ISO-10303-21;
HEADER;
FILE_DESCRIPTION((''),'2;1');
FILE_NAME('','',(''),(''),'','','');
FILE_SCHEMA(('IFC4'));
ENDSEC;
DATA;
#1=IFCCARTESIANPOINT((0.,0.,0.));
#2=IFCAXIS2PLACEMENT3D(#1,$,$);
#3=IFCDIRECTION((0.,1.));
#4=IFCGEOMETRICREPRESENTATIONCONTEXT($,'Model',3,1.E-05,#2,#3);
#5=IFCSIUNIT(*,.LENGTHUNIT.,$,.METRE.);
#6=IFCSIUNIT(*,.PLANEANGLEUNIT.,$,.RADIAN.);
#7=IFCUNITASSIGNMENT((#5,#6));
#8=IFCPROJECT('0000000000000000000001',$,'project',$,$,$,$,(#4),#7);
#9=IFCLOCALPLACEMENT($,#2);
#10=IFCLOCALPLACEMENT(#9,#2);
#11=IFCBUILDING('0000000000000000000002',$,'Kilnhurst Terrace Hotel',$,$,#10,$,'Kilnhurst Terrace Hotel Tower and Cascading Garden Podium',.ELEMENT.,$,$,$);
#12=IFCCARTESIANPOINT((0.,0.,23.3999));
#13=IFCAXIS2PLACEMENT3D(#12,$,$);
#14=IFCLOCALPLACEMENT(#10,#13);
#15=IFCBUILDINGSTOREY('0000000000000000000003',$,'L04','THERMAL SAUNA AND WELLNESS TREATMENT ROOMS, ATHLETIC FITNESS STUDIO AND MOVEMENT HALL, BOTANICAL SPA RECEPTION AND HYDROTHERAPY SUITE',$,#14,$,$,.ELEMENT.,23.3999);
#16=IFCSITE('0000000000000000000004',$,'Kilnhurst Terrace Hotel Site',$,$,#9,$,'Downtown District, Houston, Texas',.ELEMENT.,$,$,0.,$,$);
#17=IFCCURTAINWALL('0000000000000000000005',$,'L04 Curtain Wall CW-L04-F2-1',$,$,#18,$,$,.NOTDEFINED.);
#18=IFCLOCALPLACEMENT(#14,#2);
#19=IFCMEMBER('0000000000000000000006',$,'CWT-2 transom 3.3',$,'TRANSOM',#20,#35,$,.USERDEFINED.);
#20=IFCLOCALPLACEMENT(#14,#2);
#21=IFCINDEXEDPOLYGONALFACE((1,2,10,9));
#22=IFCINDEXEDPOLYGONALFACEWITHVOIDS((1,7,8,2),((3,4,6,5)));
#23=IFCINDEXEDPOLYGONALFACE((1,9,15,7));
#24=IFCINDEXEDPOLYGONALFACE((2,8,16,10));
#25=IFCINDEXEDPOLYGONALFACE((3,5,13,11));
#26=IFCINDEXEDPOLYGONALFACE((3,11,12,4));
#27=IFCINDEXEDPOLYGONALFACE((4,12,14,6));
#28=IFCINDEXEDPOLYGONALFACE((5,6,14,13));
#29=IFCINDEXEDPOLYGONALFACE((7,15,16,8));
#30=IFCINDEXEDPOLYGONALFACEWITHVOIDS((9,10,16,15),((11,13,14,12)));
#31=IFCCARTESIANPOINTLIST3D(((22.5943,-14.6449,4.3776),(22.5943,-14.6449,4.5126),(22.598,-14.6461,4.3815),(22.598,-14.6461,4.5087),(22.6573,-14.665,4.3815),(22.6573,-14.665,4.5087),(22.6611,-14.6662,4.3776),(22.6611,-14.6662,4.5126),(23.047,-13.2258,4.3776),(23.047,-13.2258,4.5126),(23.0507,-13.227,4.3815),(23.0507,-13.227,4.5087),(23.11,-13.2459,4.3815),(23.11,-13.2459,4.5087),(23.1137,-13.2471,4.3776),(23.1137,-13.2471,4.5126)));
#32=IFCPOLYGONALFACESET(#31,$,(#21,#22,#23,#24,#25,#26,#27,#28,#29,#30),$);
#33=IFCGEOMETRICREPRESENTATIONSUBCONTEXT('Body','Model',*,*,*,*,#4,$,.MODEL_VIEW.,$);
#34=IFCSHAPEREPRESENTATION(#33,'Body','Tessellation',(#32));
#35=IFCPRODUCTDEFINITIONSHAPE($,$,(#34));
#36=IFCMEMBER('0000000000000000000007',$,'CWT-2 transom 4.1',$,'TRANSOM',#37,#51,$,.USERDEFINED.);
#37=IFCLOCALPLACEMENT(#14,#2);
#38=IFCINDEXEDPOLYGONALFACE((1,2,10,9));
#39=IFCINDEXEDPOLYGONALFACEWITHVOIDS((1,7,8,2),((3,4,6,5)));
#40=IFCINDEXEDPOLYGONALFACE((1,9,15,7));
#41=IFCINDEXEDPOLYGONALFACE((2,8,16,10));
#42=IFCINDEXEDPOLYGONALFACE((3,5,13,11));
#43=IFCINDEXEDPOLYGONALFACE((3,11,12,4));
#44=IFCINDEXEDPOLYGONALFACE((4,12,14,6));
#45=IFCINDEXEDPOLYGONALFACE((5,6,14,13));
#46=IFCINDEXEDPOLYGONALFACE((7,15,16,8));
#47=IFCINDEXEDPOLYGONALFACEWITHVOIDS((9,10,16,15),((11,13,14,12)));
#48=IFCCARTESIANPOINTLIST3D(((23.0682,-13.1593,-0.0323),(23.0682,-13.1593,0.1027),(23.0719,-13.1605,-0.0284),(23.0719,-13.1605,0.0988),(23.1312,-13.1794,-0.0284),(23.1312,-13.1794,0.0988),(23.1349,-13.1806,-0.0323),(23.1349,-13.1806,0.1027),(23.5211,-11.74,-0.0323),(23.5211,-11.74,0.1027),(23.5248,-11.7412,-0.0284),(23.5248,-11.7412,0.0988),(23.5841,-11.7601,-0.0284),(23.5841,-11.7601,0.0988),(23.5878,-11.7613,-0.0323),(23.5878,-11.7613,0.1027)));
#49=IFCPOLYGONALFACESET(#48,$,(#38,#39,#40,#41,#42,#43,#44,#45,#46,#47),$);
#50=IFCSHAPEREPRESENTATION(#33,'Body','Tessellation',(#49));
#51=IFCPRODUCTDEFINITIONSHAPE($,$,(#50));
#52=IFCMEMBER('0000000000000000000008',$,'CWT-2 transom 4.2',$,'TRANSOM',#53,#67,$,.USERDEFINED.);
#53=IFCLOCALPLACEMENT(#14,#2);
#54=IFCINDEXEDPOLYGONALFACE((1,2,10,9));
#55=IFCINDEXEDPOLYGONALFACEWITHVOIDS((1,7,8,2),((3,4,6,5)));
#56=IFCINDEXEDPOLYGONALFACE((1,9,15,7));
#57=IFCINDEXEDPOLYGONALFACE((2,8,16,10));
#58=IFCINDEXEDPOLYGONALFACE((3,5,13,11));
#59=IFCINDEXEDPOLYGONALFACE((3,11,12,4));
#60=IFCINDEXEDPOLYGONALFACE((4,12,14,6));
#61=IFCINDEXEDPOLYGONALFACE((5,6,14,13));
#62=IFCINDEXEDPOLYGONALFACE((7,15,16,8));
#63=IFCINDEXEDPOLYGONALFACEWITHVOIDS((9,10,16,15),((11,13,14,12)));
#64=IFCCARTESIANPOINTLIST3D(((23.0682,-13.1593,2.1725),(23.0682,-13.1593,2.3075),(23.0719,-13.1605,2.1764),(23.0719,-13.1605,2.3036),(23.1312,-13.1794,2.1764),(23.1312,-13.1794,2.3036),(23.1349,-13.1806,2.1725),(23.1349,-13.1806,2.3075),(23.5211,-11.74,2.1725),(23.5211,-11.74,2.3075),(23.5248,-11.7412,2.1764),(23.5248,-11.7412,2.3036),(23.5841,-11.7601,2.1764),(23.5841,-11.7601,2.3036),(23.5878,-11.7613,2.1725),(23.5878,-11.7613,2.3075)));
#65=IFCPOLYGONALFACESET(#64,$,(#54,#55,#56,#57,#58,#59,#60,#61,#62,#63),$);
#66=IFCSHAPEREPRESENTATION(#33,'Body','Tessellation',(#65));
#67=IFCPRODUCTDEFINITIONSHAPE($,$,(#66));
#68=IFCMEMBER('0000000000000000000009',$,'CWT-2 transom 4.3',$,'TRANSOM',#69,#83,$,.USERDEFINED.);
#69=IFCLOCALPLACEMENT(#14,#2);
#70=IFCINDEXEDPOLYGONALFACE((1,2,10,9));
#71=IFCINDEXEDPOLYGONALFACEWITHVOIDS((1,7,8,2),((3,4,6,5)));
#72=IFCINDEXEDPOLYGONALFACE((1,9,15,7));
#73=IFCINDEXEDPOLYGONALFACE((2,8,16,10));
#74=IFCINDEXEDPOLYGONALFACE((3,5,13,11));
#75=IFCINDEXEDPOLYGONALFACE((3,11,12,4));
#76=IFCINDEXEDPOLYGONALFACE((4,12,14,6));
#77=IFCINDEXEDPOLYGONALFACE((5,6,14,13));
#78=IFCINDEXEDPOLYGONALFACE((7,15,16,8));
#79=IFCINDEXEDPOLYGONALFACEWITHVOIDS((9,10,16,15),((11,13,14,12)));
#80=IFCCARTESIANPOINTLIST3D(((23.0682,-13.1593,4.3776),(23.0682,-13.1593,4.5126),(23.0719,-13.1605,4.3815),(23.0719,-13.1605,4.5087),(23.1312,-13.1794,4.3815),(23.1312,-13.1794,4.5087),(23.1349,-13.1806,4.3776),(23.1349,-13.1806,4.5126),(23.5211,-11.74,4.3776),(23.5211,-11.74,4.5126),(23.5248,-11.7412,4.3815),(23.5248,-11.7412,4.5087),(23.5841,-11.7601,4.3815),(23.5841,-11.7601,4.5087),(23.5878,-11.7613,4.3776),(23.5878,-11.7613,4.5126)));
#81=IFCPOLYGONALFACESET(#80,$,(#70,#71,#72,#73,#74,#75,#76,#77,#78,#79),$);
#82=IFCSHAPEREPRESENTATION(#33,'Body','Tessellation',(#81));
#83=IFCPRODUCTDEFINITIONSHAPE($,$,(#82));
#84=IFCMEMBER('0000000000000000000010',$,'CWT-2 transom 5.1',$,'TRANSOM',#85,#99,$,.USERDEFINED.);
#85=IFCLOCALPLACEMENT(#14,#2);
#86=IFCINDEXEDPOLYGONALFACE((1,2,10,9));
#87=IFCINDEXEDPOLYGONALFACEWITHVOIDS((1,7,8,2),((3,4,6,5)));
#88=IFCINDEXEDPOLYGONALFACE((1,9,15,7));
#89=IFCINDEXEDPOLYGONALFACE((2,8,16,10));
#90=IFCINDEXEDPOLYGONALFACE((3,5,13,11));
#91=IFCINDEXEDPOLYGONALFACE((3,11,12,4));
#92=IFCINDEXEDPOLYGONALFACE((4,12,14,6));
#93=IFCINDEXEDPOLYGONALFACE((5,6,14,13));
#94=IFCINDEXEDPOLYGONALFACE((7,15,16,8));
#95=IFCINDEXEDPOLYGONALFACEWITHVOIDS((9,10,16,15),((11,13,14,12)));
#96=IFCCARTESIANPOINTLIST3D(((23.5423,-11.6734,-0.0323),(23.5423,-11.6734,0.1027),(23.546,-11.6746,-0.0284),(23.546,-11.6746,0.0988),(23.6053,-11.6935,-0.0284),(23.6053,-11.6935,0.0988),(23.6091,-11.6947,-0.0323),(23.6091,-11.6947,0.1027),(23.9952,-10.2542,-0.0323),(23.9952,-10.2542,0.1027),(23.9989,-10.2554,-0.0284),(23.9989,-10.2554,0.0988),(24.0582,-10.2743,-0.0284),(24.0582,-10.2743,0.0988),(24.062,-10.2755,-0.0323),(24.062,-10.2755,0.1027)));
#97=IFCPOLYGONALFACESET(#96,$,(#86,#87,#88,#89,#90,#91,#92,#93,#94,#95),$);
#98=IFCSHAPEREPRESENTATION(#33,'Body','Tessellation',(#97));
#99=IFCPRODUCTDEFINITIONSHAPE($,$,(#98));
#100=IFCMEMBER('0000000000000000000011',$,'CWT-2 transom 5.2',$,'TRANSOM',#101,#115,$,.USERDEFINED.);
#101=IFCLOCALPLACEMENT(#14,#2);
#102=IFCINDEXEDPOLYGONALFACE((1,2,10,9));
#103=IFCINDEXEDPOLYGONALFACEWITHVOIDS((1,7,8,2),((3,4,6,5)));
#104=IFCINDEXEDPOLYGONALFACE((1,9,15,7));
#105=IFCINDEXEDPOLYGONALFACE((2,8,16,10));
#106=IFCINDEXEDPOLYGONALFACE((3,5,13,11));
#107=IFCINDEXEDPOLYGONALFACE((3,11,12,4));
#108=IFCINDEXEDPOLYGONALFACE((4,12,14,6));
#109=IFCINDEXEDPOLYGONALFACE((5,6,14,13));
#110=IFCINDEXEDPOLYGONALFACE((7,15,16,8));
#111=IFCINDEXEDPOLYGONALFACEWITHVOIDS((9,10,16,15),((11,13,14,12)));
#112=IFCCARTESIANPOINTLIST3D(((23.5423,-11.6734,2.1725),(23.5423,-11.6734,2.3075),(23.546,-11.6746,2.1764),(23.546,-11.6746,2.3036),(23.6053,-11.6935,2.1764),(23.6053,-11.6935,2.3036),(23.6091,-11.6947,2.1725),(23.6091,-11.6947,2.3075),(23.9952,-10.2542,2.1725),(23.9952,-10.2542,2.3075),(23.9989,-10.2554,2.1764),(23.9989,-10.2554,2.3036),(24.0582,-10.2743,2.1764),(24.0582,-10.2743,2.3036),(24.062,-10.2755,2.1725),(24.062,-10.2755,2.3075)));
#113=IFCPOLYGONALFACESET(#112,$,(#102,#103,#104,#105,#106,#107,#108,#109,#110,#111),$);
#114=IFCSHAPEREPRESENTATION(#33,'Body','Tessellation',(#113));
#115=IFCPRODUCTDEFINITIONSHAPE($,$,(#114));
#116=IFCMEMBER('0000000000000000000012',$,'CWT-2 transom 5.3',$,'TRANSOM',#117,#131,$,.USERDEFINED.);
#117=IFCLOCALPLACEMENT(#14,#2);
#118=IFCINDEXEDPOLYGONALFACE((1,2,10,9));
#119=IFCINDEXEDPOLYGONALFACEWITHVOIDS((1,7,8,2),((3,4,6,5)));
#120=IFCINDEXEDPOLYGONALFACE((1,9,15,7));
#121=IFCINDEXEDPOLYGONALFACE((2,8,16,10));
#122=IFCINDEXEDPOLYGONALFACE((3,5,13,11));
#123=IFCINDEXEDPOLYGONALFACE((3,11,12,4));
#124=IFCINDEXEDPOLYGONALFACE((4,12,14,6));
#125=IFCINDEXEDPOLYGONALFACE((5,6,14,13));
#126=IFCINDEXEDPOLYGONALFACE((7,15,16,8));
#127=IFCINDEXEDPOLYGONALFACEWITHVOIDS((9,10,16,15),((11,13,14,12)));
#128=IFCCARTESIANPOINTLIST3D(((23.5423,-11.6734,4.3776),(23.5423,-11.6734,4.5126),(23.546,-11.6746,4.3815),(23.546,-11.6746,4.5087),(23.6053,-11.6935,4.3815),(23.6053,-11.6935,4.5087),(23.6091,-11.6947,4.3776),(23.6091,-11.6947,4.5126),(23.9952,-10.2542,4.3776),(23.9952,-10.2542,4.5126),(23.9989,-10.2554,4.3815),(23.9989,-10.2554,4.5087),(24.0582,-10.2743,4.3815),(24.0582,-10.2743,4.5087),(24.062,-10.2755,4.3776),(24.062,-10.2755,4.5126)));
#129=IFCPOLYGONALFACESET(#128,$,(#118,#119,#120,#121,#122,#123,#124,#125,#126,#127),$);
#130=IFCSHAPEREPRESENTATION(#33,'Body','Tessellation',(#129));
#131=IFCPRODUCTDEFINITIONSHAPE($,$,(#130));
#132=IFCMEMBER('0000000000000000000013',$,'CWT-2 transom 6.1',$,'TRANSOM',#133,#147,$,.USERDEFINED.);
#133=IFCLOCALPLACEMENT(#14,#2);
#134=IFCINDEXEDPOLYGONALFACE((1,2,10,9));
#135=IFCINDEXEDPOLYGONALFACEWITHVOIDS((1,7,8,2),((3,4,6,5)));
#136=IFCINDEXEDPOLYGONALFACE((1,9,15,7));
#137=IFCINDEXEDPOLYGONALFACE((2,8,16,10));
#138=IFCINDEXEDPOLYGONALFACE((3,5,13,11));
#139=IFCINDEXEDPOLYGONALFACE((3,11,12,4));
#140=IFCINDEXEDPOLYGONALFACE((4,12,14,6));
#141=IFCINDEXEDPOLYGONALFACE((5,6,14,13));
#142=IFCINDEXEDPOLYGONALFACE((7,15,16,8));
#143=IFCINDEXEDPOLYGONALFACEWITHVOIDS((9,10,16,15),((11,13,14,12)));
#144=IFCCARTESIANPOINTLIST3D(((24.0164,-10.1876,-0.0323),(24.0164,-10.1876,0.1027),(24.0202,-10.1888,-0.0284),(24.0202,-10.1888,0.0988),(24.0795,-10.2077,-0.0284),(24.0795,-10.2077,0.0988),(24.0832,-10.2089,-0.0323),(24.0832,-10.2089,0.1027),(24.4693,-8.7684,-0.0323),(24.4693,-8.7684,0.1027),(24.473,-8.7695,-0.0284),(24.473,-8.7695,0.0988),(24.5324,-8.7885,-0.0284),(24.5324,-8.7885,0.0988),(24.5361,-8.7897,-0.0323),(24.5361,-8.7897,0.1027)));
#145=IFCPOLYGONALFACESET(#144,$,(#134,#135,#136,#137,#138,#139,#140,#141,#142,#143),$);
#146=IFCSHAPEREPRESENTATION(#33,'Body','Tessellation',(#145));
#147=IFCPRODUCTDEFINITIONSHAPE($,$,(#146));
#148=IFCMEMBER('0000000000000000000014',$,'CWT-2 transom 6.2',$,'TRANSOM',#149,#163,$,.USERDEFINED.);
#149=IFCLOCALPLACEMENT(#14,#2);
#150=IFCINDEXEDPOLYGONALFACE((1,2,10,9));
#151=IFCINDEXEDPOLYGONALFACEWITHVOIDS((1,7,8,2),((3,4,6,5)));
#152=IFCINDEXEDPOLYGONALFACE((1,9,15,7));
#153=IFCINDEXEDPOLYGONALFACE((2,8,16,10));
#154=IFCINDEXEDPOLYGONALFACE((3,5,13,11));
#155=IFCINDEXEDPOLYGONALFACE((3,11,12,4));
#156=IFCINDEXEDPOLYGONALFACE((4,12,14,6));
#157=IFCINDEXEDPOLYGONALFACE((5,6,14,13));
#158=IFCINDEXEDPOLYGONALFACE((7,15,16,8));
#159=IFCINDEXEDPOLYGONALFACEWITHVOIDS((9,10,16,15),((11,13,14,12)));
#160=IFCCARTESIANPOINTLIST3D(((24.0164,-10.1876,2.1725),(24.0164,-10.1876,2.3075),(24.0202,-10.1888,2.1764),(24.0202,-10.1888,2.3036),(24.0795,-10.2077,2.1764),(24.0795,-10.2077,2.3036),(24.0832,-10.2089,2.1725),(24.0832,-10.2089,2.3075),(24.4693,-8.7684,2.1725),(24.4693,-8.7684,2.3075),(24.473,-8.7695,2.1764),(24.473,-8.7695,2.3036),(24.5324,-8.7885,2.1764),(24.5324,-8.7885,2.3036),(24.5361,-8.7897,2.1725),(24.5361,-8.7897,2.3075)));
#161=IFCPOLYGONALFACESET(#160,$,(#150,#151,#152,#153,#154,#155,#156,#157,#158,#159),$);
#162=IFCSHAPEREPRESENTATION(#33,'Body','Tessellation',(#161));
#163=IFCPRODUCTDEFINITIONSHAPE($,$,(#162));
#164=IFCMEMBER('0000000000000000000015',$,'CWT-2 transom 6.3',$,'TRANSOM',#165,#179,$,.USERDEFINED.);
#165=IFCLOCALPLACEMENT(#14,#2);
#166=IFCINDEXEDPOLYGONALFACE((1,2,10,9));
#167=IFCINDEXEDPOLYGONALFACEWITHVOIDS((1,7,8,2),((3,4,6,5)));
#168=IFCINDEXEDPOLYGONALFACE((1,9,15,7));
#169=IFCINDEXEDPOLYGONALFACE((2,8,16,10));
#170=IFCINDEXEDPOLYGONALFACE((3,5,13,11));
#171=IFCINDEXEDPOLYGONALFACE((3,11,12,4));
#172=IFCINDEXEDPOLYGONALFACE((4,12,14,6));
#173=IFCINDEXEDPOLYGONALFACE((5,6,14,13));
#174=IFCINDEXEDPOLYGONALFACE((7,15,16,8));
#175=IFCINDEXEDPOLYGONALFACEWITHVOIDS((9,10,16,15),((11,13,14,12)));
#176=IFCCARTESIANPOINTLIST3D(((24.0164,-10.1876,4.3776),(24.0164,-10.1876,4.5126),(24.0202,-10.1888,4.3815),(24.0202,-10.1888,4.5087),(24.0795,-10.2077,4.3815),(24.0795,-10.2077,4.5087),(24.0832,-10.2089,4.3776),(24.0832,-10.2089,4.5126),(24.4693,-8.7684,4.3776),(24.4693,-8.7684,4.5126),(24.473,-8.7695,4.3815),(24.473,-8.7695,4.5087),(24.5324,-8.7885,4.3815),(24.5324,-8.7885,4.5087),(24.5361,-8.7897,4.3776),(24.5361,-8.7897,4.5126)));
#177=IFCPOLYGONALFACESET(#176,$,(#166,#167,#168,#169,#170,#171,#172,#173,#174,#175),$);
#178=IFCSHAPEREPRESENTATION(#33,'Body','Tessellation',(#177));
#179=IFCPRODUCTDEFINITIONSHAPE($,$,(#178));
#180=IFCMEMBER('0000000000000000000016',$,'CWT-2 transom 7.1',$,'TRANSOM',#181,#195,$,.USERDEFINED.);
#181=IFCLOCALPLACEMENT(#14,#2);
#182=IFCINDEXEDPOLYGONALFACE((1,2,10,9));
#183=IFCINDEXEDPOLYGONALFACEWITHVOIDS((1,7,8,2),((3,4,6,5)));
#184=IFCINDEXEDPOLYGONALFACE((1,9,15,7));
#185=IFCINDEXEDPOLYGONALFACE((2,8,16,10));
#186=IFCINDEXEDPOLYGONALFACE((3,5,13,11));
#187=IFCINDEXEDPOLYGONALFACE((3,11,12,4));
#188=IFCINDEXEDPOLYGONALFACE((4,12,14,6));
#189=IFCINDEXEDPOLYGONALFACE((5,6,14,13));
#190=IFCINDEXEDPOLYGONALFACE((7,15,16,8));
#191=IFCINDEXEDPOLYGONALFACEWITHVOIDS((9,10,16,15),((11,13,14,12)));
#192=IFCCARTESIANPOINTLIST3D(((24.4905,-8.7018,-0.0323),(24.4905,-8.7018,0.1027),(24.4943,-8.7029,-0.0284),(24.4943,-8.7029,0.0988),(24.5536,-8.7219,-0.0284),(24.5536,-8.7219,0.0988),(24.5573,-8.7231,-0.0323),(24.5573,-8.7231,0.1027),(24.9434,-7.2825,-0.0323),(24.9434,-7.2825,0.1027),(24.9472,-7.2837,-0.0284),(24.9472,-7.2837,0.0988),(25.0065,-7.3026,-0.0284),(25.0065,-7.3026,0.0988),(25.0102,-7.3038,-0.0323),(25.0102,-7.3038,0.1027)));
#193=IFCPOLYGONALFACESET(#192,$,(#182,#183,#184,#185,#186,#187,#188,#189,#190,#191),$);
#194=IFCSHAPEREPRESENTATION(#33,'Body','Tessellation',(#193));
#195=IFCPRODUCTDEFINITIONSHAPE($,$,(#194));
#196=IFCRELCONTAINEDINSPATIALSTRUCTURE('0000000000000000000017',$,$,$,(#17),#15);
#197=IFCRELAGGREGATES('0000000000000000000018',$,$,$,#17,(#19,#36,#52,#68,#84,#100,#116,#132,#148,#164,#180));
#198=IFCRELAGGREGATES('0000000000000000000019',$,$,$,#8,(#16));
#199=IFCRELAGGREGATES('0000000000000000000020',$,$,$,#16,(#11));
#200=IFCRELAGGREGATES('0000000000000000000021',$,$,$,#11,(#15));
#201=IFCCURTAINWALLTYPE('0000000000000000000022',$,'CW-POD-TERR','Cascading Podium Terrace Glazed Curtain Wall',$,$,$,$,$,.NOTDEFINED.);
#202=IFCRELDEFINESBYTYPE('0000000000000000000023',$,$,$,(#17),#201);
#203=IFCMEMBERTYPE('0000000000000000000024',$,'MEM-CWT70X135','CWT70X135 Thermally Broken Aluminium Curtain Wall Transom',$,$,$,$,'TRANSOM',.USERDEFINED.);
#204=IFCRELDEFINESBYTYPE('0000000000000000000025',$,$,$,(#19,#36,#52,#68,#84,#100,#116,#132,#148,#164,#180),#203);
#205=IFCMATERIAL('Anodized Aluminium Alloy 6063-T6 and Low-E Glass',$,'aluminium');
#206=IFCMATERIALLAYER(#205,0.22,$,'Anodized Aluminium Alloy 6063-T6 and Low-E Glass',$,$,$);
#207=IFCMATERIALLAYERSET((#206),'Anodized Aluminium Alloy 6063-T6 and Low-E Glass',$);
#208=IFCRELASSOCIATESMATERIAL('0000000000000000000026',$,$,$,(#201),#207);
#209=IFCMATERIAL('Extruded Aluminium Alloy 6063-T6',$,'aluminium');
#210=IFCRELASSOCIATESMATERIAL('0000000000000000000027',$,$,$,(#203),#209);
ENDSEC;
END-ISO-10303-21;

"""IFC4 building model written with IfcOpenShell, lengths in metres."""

from ifc_helpers import new_model, si_unit, direction, frame, origin, origin_2d, place, context, subcontext, project, spatial, hollow_rectangle, extrude, material, layer, layer_set, material_profile, profile_set, type_object, element, aggregate, save


model = new_model("IFC4")

# Units and contexts
model_context = context("Model", 3, precision=1e-05, world=origin(), true_north=direction((0.0, 1.0)))
body_context = subcontext(model_context, "Body", "Model", "MODEL_VIEW")
ifc_project = project(units=[si_unit("LENGTHUNIT", "METRE"), si_unit("PLANEANGLEUNIT", "RADIAN")], contexts=[model_context])

# Site, building, storey
site_placement = place(None, origin())
site = spatial("IfcSite", under=ifc_project, at=site_placement, Name="Kilnhurst Terrace Hotel Site", LongName="Downtown District, Houston, Texas", CompositionType="ELEMENT", RefElevation=0.0)
building_placement = place(site_placement, origin())
building = spatial("IfcBuilding", under=site, at=building_placement, Name="Kilnhurst Terrace Hotel", LongName="Kilnhurst Terrace Hotel Tower and Cascading Garden Podium", CompositionType="ELEMENT")
storey_placement = place(building_placement, frame((0.0, 0.0, 23.3999)))
storey = spatial("IfcBuildingStorey", under=building, at=storey_placement, Name="L04", Description="THERMAL SAUNA AND WELLNESS TREATMENT ROOMS, ATHLETIC FITNESS STUDIO AND MOVEMENT HALL, BOTANICAL SPA RECEPTION AND HYDROTHERAPY SUITE", CompositionType="ELEMENT", Elevation=23.3999)

# Curtain wall, members
ifc_material_1 = material(Name="Anodized Aluminium Alloy 6063-T6 and Low-E Glass", Category="aluminium")
ifc_layer_1 = layer(ifc_material_1, 0.22, Name="Anodized Aluminium Alloy 6063-T6 and Low-E Glass")
ifc_layer_set_1 = layer_set([ifc_layer_1], Name="Anodized Aluminium Alloy 6063-T6 and Low-E Glass")
curtain_wall_type = type_object("IfcCurtainWallType", Name="CW-POD-TERR", Description="Cascading Podium Terrace Glazed Curtain Wall", PredefinedType="NOTDEFINED", material=ifc_layer_set_1)
curtain_wall_placement = place(storey_placement, origin())
curtain_wall = element("IfcCurtainWall", 1, at=curtain_wall_placement, inside=storey, type_object=curtain_wall_type, Name="L04 Curtain Wall CW-L04-F2-1", PredefinedType="NOTDEFINED")
ifc_material_2 = material(Name="Extruded Aluminium Alloy 6063-T6", Category="aluminium")
ifc_material_profile_1 = material_profile(ifc_material_2, hollow_rectangle(XDim=0.0701, YDim=0.135, WallThickness=0.0039, at=origin_2d()), Name="CWT70X135")
ifc_profile_set_1 = profile_set([ifc_material_profile_1], Name="Extruded Aluminium Alloy 6063-T6")
member_type_1 = type_object("IfcMemberType", Name="MEM-CWT70X135", Description="CWT70X135 Thermally Broken Aluminium Curtain Wall Transom", ElementType="TRANSOM", PredefinedType="USERDEFINED", material=ifc_profile_set_1)
member_1_placement = place(storey_placement, frame((22.6277, -14.6555, 4.4451), z_axis=(0.303907, 0.952702, 0.0), x_axis=(-0.952702, 0.303907, 0.0)))
member_1 = element("IfcMember", 2, at=member_1_placement, type_object=member_type_1, Name="CWT-2 transom 3.3", ObjectType="TRANSOM", PredefinedType="USERDEFINED", context=body_context, shape_type="SweptSolid", body=[
    extrude(hollow_rectangle(XDim=0.0701, YDim=0.135, WallThickness=0.0039, at=origin_2d()), origin(), (0.0, 0.0, 1.0), 1.4895),
])
member_2_placement = place(storey_placement, frame((23.1016, -13.1699, 0.0352), z_axis=(0.304009, 0.952669, 0.0), x_axis=(-0.952669, 0.304009, 0.0)))
member_2 = element("IfcMember", 3, at=member_2_placement, type_object=member_type_1, Name="CWT-2 transom 4.1", ObjectType="TRANSOM", PredefinedType="USERDEFINED", context=body_context, shape_type="SweptSolid", body=[
    extrude(hollow_rectangle(XDim=0.0701, YDim=0.135, WallThickness=0.0039, at=origin_2d()), origin(), (0.0, 0.0, 1.0), 1.4897),
])
member_3_placement = place(storey_placement, frame((23.1016, -13.1699, 2.24), z_axis=(0.304009, 0.952669, 0.0), x_axis=(-0.952669, 0.304009, 0.0)))
member_3 = element("IfcMember", 4, at=member_3_placement, type_object=member_type_1, Name="CWT-2 transom 4.2", ObjectType="TRANSOM", PredefinedType="USERDEFINED", context=body_context, shape_type="SweptSolid", body=[
    extrude(hollow_rectangle(XDim=0.0701, YDim=0.135, WallThickness=0.0039, at=origin_2d()), origin(), (0.0, 0.0, 1.0), 1.4897),
])
member_4_placement = place(storey_placement, frame((23.1016, -13.1699, 4.4451), z_axis=(0.304009, 0.952669, 0.0), x_axis=(-0.952669, 0.304009, 0.0)))
member_4 = element("IfcMember", 5, at=member_4_placement, type_object=member_type_1, Name="CWT-2 transom 4.3", ObjectType="TRANSOM", PredefinedType="USERDEFINED", context=body_context, shape_type="SweptSolid", body=[
    extrude(hollow_rectangle(XDim=0.0701, YDim=0.135, WallThickness=0.0039, at=origin_2d()), origin(), (0.0, 0.0, 1.0), 1.4897),
])
member_5_placement = place(storey_placement, frame((23.5757, -11.6841, 0.0352), z_axis=(0.304009, 0.952669, 0.0), x_axis=(-0.952669, 0.304009, 0.0)))
member_5 = element("IfcMember", 6, at=member_5_placement, type_object=member_type_1, Name="CWT-2 transom 5.1", ObjectType="TRANSOM", PredefinedType="USERDEFINED", context=body_context, shape_type="SweptSolid", body=[
    extrude(hollow_rectangle(XDim=0.0701, YDim=0.135, WallThickness=0.0039, at=origin_2d()), origin(), (0.0, 0.0, 1.0), 1.4897),
])
member_6_placement = place(storey_placement, frame((23.5757, -11.6841, 2.24), z_axis=(0.304009, 0.952669, 0.0), x_axis=(-0.952669, 0.304009, 0.0)))
member_6 = element("IfcMember", 7, at=member_6_placement, type_object=member_type_1, Name="CWT-2 transom 5.2", ObjectType="TRANSOM", PredefinedType="USERDEFINED", context=body_context, shape_type="SweptSolid", body=[
    extrude(hollow_rectangle(XDim=0.0701, YDim=0.135, WallThickness=0.0039, at=origin_2d()), origin(), (0.0, 0.0, 1.0), 1.4897),
])
member_7_placement = place(storey_placement, frame((23.5757, -11.6841, 4.4451), z_axis=(0.304009, 0.952669, 0.0), x_axis=(-0.952669, 0.304009, 0.0)))
member_7 = element("IfcMember", 8, at=member_7_placement, type_object=member_type_1, Name="CWT-2 transom 5.3", ObjectType="TRANSOM", PredefinedType="USERDEFINED", context=body_context, shape_type="SweptSolid", body=[
    extrude(hollow_rectangle(XDim=0.0701, YDim=0.135, WallThickness=0.0039, at=origin_2d()), origin(), (0.0, 0.0, 1.0), 1.4897),
])
member_8_placement = place(storey_placement, frame((24.0498, -10.1982, 0.0352), z_axis=(0.304009, 0.952669, 0.0), x_axis=(-0.952669, 0.304009, 0.0)))
member_8 = element("IfcMember", 9, at=member_8_placement, type_object=member_type_1, Name="CWT-2 transom 6.1", ObjectType="TRANSOM", PredefinedType="USERDEFINED", context=body_context, shape_type="SweptSolid", body=[
    extrude(hollow_rectangle(XDim=0.0701, YDim=0.135, WallThickness=0.0039, at=origin_2d()), origin(), (0.0, 0.0, 1.0), 1.4897),
])
member_9_placement = place(storey_placement, frame((24.0498, -10.1982, 2.24), z_axis=(0.304009, 0.952669, 0.0), x_axis=(-0.952669, 0.304009, 0.0)))
member_9 = element("IfcMember", 10, at=member_9_placement, type_object=member_type_1, Name="CWT-2 transom 6.2", ObjectType="TRANSOM", PredefinedType="USERDEFINED", context=body_context, shape_type="SweptSolid", body=[
    extrude(hollow_rectangle(XDim=0.0701, YDim=0.135, WallThickness=0.0039, at=origin_2d()), origin(), (0.0, 0.0, 1.0), 1.4897),
])
member_10_placement = place(storey_placement, frame((24.0498, -10.1982, 4.4451), z_axis=(0.304009, 0.952669, 0.0), x_axis=(-0.952669, 0.304009, 0.0)))
member_10 = element("IfcMember", 11, at=member_10_placement, type_object=member_type_1, Name="CWT-2 transom 6.3", ObjectType="TRANSOM", PredefinedType="USERDEFINED", context=body_context, shape_type="SweptSolid", body=[
    extrude(hollow_rectangle(XDim=0.0701, YDim=0.135, WallThickness=0.0039, at=origin_2d()), origin(), (0.0, 0.0, 1.0), 1.4897),
])
member_11_placement = place(storey_placement, frame((24.5239, -8.7124, 0.0352), z_axis=(0.304009, 0.952669, 0.0), x_axis=(-0.952669, 0.304009, 0.0)))
member_11 = element("IfcMember", 12, at=member_11_placement, type_object=member_type_1, Name="CWT-2 transom 7.1", ObjectType="TRANSOM", PredefinedType="USERDEFINED", context=body_context, shape_type="SweptSolid", body=[
    extrude(hollow_rectangle(XDim=0.0701, YDim=0.135, WallThickness=0.0039, at=origin_2d()), origin(), (0.0, 0.0, 1.0), 1.4897),
])
aggregate(curtain_wall, [member_1, member_2, member_3, member_4, member_5, member_6, member_7, member_8, member_9, member_10, member_11])

save(model, "model.ifc")
